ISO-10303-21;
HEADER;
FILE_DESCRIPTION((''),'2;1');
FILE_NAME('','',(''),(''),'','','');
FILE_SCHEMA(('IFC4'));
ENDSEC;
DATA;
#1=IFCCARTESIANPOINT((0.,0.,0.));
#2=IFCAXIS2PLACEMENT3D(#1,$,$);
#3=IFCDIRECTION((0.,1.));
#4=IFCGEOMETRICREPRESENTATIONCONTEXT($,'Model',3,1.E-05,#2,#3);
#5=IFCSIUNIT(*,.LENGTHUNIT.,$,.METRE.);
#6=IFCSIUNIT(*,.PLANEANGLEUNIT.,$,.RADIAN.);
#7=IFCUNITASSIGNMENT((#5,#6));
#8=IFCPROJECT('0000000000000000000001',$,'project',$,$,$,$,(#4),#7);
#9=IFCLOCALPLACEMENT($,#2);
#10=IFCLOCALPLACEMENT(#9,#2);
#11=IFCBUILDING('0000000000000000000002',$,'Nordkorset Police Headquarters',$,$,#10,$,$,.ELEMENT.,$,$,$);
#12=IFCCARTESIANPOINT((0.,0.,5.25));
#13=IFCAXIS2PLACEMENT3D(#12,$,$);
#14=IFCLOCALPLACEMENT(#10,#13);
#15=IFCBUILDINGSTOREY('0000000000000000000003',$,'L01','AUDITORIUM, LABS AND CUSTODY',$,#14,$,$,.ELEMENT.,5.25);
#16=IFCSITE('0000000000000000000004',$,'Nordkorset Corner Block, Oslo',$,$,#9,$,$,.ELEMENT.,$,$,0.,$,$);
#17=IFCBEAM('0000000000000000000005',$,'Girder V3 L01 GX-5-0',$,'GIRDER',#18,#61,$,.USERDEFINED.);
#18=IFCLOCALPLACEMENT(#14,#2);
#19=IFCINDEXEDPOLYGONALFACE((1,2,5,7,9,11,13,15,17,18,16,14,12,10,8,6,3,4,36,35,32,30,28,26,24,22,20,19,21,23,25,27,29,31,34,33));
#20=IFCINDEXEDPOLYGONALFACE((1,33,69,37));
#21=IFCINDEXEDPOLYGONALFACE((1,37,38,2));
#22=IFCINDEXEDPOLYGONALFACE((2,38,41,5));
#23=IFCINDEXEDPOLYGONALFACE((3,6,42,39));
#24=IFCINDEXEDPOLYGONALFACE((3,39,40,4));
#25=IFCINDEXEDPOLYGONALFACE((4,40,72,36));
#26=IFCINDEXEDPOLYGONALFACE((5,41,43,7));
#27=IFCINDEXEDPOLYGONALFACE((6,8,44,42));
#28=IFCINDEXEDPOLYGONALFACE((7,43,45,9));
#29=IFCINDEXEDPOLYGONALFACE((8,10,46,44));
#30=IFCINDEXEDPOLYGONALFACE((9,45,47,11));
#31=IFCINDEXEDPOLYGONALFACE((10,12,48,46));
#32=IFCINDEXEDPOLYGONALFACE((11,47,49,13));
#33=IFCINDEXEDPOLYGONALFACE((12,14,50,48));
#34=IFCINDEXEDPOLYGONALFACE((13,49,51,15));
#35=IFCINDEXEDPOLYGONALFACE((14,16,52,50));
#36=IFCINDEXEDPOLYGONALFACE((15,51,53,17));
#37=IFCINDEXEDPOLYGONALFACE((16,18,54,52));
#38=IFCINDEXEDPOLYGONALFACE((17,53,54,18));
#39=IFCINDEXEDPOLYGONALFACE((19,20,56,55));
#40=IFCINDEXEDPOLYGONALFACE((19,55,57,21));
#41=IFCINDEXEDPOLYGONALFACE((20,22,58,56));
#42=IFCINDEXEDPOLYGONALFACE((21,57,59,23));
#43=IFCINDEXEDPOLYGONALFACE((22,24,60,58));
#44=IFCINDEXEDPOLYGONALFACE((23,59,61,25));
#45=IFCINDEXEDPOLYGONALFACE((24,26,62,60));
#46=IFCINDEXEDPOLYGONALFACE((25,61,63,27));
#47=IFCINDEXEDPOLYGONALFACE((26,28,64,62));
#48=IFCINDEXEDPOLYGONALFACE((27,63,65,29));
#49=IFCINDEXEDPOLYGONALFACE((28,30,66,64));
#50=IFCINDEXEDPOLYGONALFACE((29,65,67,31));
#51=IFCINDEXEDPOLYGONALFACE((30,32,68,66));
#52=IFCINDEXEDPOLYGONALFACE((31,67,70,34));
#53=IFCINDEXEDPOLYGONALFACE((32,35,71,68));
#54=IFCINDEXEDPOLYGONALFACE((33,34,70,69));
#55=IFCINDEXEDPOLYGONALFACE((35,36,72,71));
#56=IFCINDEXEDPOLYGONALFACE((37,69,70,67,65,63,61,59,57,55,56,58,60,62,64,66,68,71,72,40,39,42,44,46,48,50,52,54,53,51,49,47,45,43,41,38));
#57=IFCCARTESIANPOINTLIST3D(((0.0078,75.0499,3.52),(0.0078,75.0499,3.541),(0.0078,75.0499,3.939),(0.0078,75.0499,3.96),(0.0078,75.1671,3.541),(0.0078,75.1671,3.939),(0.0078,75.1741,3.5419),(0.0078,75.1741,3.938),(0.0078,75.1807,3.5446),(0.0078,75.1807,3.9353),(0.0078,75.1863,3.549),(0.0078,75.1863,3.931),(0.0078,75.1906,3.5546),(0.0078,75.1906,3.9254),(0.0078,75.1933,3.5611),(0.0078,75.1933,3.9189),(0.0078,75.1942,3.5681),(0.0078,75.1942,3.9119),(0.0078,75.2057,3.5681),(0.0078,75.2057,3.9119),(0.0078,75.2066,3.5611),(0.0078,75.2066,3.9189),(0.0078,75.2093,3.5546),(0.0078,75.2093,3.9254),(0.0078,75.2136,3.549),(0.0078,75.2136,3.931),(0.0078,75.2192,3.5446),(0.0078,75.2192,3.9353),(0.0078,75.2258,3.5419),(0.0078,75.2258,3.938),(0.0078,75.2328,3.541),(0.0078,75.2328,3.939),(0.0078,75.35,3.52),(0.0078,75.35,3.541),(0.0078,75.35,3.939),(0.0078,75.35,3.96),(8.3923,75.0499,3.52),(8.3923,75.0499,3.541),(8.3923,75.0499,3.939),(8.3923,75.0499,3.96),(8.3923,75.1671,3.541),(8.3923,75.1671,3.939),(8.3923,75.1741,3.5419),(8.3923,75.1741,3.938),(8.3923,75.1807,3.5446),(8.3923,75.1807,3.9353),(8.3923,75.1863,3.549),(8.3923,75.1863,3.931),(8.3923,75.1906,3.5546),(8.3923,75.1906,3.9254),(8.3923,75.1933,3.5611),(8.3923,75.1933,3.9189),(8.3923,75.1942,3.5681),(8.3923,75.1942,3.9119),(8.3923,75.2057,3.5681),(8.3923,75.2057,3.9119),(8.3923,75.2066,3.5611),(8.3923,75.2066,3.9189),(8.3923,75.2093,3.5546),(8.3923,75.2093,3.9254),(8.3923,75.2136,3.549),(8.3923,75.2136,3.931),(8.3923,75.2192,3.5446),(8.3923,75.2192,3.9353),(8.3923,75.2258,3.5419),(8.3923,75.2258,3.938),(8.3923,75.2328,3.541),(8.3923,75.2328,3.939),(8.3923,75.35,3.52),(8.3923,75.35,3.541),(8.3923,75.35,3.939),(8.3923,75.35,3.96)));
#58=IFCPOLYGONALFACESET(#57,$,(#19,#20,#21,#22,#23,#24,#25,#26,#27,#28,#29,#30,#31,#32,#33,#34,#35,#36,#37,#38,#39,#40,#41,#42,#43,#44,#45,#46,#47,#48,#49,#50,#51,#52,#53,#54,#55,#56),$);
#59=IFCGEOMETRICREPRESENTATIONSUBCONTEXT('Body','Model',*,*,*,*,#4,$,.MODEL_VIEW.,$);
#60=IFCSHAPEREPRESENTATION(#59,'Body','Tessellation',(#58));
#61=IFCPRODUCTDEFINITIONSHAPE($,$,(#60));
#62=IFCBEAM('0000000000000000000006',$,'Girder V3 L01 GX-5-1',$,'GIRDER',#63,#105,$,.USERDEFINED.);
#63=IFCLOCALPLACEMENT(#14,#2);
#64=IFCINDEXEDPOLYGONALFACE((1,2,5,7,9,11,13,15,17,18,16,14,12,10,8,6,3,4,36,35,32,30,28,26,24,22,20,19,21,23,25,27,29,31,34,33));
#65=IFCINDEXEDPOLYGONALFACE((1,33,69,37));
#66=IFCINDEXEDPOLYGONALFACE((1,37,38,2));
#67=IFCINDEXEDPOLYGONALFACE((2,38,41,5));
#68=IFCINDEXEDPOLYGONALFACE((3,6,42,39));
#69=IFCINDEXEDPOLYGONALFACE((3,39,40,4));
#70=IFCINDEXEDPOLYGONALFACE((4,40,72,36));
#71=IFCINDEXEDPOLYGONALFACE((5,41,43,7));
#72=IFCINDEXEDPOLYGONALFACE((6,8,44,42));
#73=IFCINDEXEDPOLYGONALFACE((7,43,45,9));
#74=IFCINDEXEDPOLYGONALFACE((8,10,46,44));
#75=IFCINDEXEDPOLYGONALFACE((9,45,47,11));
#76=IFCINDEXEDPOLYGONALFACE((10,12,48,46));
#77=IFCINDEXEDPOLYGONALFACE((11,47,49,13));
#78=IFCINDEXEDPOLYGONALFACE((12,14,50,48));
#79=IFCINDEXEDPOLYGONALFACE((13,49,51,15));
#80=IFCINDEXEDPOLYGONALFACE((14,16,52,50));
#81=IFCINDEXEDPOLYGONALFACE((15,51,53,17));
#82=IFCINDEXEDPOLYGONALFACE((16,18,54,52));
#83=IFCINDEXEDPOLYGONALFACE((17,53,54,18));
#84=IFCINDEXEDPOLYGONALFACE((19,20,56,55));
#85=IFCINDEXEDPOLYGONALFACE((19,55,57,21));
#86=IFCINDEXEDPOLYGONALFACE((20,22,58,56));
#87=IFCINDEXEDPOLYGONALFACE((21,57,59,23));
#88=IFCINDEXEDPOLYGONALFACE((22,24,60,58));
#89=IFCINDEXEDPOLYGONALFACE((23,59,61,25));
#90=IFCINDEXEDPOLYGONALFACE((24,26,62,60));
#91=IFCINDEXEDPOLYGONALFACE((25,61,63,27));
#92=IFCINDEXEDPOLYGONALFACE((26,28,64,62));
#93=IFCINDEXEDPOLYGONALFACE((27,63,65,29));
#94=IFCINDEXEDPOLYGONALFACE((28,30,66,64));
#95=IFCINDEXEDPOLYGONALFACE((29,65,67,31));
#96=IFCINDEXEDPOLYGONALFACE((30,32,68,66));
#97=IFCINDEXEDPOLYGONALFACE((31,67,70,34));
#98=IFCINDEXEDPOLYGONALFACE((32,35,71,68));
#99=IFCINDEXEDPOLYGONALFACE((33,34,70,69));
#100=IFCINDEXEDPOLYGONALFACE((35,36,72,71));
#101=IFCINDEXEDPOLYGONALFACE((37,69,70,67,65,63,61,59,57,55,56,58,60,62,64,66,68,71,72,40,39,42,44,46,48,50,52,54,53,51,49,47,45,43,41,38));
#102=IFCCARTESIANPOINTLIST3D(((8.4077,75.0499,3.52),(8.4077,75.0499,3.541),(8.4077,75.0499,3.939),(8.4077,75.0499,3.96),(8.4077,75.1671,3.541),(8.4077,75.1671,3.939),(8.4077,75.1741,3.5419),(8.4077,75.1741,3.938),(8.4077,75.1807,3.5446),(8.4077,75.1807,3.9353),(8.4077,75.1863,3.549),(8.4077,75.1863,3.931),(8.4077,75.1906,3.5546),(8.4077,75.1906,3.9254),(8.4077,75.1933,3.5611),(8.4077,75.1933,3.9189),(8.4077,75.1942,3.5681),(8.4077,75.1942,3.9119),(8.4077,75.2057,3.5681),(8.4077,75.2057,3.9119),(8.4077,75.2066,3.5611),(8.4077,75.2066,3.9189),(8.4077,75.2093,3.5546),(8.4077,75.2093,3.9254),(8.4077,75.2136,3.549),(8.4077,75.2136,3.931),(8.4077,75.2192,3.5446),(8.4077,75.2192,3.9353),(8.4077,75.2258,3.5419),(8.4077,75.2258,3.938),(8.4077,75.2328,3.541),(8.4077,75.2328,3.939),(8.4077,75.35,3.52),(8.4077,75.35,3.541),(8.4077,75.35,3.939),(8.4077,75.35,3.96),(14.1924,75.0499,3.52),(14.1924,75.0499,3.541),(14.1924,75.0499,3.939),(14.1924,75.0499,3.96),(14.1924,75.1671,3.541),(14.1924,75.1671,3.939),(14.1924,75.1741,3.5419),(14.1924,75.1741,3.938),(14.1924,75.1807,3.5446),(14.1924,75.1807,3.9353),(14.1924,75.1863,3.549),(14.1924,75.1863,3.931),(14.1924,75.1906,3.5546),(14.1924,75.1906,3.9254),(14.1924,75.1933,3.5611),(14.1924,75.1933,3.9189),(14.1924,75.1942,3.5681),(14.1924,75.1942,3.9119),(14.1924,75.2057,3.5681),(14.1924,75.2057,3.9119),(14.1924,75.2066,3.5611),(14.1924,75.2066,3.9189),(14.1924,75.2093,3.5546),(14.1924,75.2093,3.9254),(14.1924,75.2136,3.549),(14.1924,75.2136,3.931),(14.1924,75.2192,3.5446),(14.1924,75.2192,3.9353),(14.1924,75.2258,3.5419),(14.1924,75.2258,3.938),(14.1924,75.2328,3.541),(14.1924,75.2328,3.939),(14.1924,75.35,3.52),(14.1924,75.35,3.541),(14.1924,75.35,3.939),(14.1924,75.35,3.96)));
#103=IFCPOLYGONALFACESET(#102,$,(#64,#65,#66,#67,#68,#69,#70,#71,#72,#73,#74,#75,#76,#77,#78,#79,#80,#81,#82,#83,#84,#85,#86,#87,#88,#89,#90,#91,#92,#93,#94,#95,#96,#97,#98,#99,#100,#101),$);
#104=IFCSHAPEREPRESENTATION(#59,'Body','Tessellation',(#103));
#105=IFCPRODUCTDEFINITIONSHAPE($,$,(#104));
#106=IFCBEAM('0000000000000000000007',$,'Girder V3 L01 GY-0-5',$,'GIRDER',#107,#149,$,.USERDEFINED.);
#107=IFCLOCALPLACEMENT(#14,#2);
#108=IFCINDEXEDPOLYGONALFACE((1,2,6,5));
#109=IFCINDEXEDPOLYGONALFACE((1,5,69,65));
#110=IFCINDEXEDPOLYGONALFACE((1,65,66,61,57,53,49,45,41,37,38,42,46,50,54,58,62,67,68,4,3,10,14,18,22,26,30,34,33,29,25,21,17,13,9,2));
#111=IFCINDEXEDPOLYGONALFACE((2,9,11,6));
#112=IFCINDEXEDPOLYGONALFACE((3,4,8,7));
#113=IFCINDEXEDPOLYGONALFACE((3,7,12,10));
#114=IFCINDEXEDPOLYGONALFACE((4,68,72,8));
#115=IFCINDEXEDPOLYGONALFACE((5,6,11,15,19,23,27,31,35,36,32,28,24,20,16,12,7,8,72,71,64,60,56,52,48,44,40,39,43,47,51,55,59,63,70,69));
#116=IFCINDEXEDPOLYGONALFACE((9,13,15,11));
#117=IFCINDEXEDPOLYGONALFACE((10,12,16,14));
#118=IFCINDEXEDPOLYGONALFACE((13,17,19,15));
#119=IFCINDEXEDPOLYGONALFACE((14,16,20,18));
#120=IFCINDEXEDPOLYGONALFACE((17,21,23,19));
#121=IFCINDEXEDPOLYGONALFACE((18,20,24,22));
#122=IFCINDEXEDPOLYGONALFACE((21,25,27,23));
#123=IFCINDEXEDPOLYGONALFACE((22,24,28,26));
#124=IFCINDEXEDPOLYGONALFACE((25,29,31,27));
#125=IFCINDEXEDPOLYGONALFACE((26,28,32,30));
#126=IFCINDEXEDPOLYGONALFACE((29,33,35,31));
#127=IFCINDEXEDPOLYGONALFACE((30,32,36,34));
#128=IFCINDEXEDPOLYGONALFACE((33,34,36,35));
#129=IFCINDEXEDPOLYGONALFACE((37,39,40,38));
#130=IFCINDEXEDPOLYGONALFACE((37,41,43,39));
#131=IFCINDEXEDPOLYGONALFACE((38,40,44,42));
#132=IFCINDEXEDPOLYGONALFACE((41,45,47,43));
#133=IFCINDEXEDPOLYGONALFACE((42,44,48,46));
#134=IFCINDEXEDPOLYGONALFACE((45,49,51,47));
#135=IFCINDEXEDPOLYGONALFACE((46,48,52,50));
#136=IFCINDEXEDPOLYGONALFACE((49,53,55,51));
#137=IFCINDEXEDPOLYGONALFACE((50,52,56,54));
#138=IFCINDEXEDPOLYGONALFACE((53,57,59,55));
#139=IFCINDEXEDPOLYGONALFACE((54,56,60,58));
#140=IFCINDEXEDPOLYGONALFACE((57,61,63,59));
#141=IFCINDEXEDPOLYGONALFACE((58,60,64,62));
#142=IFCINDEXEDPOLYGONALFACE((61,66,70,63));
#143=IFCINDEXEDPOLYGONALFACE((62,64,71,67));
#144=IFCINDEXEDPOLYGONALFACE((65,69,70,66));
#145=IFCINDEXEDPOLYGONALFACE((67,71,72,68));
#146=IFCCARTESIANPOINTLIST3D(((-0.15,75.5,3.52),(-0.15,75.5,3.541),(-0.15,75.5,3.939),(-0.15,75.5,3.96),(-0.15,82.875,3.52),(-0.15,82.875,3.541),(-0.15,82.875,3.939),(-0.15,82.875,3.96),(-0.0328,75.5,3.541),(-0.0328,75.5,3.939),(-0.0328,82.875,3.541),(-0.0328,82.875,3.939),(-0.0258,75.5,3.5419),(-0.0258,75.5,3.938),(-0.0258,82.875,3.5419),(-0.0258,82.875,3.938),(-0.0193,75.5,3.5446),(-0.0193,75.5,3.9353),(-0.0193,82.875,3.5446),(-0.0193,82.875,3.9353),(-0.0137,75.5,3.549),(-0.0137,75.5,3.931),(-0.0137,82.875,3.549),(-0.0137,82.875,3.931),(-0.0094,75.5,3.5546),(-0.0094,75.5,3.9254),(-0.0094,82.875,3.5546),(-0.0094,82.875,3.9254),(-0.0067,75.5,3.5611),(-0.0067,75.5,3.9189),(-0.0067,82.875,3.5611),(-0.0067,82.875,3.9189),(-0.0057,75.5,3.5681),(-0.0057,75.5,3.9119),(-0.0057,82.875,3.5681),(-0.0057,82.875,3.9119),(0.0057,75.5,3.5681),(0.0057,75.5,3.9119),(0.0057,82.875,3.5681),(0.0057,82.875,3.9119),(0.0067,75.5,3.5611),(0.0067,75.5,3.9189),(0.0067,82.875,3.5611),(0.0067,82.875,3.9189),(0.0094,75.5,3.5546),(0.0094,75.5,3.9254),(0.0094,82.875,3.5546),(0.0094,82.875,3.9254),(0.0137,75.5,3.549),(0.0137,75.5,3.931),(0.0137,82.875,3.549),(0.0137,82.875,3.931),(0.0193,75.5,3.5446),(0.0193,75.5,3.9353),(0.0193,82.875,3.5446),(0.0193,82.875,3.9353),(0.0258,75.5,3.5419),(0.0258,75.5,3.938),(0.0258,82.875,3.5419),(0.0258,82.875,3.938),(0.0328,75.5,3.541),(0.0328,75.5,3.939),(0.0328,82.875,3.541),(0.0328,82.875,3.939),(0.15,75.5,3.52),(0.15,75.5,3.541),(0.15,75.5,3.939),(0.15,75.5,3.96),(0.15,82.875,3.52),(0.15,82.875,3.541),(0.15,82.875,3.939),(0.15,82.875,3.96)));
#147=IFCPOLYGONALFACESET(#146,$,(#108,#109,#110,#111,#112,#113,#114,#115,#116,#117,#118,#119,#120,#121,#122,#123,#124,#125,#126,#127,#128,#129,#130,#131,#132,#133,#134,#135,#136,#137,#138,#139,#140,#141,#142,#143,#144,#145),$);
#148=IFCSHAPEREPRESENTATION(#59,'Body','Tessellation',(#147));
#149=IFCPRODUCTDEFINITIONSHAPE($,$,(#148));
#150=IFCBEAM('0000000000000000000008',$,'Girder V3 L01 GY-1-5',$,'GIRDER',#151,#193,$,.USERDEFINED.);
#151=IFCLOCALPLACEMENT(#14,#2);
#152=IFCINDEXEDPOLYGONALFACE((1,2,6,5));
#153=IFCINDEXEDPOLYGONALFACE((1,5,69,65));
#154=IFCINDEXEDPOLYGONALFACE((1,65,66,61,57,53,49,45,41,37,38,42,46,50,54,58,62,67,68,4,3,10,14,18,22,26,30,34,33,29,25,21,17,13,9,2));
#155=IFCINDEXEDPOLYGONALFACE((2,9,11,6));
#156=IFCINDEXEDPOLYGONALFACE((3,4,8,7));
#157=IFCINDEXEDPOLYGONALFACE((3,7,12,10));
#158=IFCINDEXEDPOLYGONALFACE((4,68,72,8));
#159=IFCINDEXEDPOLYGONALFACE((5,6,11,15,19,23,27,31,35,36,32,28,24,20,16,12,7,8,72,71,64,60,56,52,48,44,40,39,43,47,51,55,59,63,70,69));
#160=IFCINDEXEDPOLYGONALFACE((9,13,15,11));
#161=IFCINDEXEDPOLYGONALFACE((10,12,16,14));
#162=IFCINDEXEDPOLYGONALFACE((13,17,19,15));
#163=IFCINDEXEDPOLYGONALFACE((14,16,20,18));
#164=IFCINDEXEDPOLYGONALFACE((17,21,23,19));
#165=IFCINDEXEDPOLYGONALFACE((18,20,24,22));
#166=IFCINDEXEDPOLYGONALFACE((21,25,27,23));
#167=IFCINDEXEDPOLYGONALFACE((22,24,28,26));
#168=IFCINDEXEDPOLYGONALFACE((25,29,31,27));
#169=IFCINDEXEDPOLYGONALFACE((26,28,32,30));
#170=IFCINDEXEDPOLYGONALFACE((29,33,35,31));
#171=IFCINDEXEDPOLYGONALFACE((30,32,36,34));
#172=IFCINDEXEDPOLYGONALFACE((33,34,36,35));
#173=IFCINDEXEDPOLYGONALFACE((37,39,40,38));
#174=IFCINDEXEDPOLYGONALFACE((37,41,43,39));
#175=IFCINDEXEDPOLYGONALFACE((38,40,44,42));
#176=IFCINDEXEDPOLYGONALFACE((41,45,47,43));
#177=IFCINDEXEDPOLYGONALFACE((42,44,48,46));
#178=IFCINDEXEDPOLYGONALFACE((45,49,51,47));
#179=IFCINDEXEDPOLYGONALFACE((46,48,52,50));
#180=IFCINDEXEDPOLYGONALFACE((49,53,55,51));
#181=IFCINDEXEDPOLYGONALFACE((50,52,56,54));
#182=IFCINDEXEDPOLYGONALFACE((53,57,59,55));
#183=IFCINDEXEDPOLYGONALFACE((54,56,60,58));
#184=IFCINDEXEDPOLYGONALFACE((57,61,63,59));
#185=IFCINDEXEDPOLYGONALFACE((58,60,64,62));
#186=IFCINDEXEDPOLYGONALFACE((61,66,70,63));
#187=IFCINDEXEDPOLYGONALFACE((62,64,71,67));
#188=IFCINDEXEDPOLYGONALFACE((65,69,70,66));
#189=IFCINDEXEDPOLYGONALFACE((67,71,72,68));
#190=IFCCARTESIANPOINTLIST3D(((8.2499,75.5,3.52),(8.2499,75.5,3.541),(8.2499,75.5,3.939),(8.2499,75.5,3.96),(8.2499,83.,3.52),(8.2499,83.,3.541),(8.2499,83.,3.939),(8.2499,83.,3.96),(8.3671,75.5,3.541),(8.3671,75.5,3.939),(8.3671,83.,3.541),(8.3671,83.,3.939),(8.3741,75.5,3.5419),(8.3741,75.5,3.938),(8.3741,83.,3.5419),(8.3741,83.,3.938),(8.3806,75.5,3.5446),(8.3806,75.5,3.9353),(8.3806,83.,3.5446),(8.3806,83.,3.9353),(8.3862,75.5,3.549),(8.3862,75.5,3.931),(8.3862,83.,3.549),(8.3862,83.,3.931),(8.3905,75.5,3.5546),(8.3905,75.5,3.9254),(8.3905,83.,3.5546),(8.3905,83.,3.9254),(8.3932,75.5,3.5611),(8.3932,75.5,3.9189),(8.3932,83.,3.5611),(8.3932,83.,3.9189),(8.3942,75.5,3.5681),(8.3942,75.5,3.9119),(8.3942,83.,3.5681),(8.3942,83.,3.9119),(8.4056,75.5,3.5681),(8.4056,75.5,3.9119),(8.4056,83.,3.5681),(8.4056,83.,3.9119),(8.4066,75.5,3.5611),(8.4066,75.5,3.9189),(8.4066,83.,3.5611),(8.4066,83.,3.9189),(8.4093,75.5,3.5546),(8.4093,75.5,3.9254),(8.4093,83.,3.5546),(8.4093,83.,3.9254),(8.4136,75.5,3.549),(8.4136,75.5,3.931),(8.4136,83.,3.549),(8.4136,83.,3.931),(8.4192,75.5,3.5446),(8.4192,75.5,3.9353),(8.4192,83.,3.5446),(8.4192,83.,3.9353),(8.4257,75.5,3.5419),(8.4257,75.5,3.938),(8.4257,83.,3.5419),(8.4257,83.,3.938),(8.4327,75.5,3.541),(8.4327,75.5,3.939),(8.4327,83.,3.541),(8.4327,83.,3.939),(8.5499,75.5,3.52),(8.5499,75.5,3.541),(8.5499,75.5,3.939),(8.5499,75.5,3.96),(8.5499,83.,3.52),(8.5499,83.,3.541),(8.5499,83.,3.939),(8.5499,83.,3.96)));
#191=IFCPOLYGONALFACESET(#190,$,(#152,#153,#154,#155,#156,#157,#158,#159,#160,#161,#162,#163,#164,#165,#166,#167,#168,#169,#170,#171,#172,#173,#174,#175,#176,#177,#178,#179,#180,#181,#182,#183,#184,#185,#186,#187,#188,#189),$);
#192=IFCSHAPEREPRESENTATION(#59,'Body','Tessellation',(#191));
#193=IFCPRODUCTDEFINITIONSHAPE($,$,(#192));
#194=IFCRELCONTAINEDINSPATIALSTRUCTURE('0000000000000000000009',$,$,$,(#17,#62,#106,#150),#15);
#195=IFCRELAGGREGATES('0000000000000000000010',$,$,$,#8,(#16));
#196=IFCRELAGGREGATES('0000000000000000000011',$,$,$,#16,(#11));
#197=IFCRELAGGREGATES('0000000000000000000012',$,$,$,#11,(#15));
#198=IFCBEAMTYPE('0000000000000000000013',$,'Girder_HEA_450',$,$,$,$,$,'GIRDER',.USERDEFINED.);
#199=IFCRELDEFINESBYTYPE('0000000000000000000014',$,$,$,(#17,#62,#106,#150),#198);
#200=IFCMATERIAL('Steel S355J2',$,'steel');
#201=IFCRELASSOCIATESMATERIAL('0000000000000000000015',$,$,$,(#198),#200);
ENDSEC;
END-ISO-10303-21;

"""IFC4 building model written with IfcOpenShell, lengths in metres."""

from ifc_helpers import new_model, si_unit, direction, frame, origin, origin_2d, place, context, subcontext, project, spatial, i_section, extrude, material, material_profile, profile_set, type_object, element, save


model = new_model("IFC4")

# Units and contexts
model_context = context("Model", 3, precision=1e-05, world=origin(), true_north=direction((0.0, 1.0)))
body_context = subcontext(model_context, "Body", "Model", "MODEL_VIEW")
ifc_project = project(units=[si_unit("LENGTHUNIT", "METRE"), si_unit("PLANEANGLEUNIT", "RADIAN")], contexts=[model_context])

# Site, building, storey
site_placement = place(None, origin())
site = spatial("IfcSite", under=ifc_project, at=site_placement, Name="Nordkorset Corner Block, Oslo", CompositionType="ELEMENT", RefElevation=0.0)
building_placement = place(site_placement, origin())
building = spatial("IfcBuilding", under=site, at=building_placement, Name="Nordkorset Police Headquarters", CompositionType="ELEMENT")
storey_placement = place(building_placement, frame((0.0, 0.0, 5.25)))
storey = spatial("IfcBuildingStorey", under=building, at=storey_placement, Name="L01", Description="AUDITORIUM, LABS AND CUSTODY", CompositionType="ELEMENT", Elevation=5.25)

# Beams
ifc_material_1 = material(Name="Steel S355J2", Category="steel")
ifc_material_profile_1 = material_profile(ifc_material_1, i_section(OverallWidth=0.3, OverallDepth=0.4399, WebThickness=0.0115, FlangeThickness=0.021, FilletRadius=0.0271, at=origin_2d()), Name="HEA 450")
ifc_profile_set_1 = profile_set([ifc_material_profile_1], Name="Steel S355J2")
beam_type_1 = type_object("IfcBeamType", Name="Girder_HEA_450", ElementType="GIRDER", PredefinedType="USERDEFINED", material=ifc_profile_set_1)
beam_1_placement = place(storey_placement, frame((0.0078, 75.2, 3.74), z_axis=(1.0, 0.0, 0.0), x_axis=(0.0, 1.0, 0.0)))
element("IfcBeam", 1, at=beam_1_placement, inside=storey, type_object=beam_type_1, Name="Girder V3 L01 GX-5-0", ObjectType="GIRDER", PredefinedType="USERDEFINED", context=body_context, shape_type="SweptSolid", body=[
    extrude(i_section(OverallWidth=0.3, OverallDepth=0.4399, WebThickness=0.0115, FlangeThickness=0.021, FilletRadius=0.0271, at=origin_2d()), origin(), (0.0, 0.0, 1.0), 8.3845),
])
beam_2_placement = place(storey_placement, frame((8.4077, 75.2, 3.74), z_axis=(1.0, 0.0, 0.0), x_axis=(0.0, 1.0, 0.0)))
element("IfcBeam", 2, at=beam_2_placement, inside=storey, type_object=beam_type_1, Name="Girder V3 L01 GX-5-1", ObjectType="GIRDER", PredefinedType="USERDEFINED", context=body_context, shape_type="SweptSolid", body=[
    extrude(i_section(OverallWidth=0.3, OverallDepth=0.4399, WebThickness=0.0115, FlangeThickness=0.021, FilletRadius=0.0271, at=origin_2d()), origin(), (0.0, 0.0, 1.0), 5.7847),
])
beam_3_placement = place(storey_placement, frame((0.0, 75.5, 3.74), z_axis=(0.0, 1.0, 0.0), x_axis=(-1.0, 0.0, 0.0)))
element("IfcBeam", 3, at=beam_3_placement, inside=storey, type_object=beam_type_1, Name="Girder V3 L01 GY-0-5", ObjectType="GIRDER", PredefinedType="USERDEFINED", context=body_context, shape_type="SweptSolid", body=[
    extrude(i_section(OverallWidth=0.3, OverallDepth=0.4399, WebThickness=0.0115, FlangeThickness=0.021, FilletRadius=0.0271, at=origin_2d()), origin(), (0.0, 0.0, 1.0), 7.375),
])
beam_4_placement = place(storey_placement, frame((8.3999, 75.5, 3.74), z_axis=(0.0, 1.0, 0.0), x_axis=(-1.0, 0.0, 0.0)))
element("IfcBeam", 4, at=beam_4_placement, inside=storey, type_object=beam_type_1, Name="Girder V3 L01 GY-1-5", ObjectType="GIRDER", PredefinedType="USERDEFINED", context=body_context, shape_type="SweptSolid", body=[
    extrude(i_section(OverallWidth=0.3, OverallDepth=0.4399, WebThickness=0.0115, FlangeThickness=0.021, FilletRadius=0.0271, at=origin_2d()), origin(), (0.0, 0.0, 1.0), 7.5),
])

save(model, "model.ifc")
